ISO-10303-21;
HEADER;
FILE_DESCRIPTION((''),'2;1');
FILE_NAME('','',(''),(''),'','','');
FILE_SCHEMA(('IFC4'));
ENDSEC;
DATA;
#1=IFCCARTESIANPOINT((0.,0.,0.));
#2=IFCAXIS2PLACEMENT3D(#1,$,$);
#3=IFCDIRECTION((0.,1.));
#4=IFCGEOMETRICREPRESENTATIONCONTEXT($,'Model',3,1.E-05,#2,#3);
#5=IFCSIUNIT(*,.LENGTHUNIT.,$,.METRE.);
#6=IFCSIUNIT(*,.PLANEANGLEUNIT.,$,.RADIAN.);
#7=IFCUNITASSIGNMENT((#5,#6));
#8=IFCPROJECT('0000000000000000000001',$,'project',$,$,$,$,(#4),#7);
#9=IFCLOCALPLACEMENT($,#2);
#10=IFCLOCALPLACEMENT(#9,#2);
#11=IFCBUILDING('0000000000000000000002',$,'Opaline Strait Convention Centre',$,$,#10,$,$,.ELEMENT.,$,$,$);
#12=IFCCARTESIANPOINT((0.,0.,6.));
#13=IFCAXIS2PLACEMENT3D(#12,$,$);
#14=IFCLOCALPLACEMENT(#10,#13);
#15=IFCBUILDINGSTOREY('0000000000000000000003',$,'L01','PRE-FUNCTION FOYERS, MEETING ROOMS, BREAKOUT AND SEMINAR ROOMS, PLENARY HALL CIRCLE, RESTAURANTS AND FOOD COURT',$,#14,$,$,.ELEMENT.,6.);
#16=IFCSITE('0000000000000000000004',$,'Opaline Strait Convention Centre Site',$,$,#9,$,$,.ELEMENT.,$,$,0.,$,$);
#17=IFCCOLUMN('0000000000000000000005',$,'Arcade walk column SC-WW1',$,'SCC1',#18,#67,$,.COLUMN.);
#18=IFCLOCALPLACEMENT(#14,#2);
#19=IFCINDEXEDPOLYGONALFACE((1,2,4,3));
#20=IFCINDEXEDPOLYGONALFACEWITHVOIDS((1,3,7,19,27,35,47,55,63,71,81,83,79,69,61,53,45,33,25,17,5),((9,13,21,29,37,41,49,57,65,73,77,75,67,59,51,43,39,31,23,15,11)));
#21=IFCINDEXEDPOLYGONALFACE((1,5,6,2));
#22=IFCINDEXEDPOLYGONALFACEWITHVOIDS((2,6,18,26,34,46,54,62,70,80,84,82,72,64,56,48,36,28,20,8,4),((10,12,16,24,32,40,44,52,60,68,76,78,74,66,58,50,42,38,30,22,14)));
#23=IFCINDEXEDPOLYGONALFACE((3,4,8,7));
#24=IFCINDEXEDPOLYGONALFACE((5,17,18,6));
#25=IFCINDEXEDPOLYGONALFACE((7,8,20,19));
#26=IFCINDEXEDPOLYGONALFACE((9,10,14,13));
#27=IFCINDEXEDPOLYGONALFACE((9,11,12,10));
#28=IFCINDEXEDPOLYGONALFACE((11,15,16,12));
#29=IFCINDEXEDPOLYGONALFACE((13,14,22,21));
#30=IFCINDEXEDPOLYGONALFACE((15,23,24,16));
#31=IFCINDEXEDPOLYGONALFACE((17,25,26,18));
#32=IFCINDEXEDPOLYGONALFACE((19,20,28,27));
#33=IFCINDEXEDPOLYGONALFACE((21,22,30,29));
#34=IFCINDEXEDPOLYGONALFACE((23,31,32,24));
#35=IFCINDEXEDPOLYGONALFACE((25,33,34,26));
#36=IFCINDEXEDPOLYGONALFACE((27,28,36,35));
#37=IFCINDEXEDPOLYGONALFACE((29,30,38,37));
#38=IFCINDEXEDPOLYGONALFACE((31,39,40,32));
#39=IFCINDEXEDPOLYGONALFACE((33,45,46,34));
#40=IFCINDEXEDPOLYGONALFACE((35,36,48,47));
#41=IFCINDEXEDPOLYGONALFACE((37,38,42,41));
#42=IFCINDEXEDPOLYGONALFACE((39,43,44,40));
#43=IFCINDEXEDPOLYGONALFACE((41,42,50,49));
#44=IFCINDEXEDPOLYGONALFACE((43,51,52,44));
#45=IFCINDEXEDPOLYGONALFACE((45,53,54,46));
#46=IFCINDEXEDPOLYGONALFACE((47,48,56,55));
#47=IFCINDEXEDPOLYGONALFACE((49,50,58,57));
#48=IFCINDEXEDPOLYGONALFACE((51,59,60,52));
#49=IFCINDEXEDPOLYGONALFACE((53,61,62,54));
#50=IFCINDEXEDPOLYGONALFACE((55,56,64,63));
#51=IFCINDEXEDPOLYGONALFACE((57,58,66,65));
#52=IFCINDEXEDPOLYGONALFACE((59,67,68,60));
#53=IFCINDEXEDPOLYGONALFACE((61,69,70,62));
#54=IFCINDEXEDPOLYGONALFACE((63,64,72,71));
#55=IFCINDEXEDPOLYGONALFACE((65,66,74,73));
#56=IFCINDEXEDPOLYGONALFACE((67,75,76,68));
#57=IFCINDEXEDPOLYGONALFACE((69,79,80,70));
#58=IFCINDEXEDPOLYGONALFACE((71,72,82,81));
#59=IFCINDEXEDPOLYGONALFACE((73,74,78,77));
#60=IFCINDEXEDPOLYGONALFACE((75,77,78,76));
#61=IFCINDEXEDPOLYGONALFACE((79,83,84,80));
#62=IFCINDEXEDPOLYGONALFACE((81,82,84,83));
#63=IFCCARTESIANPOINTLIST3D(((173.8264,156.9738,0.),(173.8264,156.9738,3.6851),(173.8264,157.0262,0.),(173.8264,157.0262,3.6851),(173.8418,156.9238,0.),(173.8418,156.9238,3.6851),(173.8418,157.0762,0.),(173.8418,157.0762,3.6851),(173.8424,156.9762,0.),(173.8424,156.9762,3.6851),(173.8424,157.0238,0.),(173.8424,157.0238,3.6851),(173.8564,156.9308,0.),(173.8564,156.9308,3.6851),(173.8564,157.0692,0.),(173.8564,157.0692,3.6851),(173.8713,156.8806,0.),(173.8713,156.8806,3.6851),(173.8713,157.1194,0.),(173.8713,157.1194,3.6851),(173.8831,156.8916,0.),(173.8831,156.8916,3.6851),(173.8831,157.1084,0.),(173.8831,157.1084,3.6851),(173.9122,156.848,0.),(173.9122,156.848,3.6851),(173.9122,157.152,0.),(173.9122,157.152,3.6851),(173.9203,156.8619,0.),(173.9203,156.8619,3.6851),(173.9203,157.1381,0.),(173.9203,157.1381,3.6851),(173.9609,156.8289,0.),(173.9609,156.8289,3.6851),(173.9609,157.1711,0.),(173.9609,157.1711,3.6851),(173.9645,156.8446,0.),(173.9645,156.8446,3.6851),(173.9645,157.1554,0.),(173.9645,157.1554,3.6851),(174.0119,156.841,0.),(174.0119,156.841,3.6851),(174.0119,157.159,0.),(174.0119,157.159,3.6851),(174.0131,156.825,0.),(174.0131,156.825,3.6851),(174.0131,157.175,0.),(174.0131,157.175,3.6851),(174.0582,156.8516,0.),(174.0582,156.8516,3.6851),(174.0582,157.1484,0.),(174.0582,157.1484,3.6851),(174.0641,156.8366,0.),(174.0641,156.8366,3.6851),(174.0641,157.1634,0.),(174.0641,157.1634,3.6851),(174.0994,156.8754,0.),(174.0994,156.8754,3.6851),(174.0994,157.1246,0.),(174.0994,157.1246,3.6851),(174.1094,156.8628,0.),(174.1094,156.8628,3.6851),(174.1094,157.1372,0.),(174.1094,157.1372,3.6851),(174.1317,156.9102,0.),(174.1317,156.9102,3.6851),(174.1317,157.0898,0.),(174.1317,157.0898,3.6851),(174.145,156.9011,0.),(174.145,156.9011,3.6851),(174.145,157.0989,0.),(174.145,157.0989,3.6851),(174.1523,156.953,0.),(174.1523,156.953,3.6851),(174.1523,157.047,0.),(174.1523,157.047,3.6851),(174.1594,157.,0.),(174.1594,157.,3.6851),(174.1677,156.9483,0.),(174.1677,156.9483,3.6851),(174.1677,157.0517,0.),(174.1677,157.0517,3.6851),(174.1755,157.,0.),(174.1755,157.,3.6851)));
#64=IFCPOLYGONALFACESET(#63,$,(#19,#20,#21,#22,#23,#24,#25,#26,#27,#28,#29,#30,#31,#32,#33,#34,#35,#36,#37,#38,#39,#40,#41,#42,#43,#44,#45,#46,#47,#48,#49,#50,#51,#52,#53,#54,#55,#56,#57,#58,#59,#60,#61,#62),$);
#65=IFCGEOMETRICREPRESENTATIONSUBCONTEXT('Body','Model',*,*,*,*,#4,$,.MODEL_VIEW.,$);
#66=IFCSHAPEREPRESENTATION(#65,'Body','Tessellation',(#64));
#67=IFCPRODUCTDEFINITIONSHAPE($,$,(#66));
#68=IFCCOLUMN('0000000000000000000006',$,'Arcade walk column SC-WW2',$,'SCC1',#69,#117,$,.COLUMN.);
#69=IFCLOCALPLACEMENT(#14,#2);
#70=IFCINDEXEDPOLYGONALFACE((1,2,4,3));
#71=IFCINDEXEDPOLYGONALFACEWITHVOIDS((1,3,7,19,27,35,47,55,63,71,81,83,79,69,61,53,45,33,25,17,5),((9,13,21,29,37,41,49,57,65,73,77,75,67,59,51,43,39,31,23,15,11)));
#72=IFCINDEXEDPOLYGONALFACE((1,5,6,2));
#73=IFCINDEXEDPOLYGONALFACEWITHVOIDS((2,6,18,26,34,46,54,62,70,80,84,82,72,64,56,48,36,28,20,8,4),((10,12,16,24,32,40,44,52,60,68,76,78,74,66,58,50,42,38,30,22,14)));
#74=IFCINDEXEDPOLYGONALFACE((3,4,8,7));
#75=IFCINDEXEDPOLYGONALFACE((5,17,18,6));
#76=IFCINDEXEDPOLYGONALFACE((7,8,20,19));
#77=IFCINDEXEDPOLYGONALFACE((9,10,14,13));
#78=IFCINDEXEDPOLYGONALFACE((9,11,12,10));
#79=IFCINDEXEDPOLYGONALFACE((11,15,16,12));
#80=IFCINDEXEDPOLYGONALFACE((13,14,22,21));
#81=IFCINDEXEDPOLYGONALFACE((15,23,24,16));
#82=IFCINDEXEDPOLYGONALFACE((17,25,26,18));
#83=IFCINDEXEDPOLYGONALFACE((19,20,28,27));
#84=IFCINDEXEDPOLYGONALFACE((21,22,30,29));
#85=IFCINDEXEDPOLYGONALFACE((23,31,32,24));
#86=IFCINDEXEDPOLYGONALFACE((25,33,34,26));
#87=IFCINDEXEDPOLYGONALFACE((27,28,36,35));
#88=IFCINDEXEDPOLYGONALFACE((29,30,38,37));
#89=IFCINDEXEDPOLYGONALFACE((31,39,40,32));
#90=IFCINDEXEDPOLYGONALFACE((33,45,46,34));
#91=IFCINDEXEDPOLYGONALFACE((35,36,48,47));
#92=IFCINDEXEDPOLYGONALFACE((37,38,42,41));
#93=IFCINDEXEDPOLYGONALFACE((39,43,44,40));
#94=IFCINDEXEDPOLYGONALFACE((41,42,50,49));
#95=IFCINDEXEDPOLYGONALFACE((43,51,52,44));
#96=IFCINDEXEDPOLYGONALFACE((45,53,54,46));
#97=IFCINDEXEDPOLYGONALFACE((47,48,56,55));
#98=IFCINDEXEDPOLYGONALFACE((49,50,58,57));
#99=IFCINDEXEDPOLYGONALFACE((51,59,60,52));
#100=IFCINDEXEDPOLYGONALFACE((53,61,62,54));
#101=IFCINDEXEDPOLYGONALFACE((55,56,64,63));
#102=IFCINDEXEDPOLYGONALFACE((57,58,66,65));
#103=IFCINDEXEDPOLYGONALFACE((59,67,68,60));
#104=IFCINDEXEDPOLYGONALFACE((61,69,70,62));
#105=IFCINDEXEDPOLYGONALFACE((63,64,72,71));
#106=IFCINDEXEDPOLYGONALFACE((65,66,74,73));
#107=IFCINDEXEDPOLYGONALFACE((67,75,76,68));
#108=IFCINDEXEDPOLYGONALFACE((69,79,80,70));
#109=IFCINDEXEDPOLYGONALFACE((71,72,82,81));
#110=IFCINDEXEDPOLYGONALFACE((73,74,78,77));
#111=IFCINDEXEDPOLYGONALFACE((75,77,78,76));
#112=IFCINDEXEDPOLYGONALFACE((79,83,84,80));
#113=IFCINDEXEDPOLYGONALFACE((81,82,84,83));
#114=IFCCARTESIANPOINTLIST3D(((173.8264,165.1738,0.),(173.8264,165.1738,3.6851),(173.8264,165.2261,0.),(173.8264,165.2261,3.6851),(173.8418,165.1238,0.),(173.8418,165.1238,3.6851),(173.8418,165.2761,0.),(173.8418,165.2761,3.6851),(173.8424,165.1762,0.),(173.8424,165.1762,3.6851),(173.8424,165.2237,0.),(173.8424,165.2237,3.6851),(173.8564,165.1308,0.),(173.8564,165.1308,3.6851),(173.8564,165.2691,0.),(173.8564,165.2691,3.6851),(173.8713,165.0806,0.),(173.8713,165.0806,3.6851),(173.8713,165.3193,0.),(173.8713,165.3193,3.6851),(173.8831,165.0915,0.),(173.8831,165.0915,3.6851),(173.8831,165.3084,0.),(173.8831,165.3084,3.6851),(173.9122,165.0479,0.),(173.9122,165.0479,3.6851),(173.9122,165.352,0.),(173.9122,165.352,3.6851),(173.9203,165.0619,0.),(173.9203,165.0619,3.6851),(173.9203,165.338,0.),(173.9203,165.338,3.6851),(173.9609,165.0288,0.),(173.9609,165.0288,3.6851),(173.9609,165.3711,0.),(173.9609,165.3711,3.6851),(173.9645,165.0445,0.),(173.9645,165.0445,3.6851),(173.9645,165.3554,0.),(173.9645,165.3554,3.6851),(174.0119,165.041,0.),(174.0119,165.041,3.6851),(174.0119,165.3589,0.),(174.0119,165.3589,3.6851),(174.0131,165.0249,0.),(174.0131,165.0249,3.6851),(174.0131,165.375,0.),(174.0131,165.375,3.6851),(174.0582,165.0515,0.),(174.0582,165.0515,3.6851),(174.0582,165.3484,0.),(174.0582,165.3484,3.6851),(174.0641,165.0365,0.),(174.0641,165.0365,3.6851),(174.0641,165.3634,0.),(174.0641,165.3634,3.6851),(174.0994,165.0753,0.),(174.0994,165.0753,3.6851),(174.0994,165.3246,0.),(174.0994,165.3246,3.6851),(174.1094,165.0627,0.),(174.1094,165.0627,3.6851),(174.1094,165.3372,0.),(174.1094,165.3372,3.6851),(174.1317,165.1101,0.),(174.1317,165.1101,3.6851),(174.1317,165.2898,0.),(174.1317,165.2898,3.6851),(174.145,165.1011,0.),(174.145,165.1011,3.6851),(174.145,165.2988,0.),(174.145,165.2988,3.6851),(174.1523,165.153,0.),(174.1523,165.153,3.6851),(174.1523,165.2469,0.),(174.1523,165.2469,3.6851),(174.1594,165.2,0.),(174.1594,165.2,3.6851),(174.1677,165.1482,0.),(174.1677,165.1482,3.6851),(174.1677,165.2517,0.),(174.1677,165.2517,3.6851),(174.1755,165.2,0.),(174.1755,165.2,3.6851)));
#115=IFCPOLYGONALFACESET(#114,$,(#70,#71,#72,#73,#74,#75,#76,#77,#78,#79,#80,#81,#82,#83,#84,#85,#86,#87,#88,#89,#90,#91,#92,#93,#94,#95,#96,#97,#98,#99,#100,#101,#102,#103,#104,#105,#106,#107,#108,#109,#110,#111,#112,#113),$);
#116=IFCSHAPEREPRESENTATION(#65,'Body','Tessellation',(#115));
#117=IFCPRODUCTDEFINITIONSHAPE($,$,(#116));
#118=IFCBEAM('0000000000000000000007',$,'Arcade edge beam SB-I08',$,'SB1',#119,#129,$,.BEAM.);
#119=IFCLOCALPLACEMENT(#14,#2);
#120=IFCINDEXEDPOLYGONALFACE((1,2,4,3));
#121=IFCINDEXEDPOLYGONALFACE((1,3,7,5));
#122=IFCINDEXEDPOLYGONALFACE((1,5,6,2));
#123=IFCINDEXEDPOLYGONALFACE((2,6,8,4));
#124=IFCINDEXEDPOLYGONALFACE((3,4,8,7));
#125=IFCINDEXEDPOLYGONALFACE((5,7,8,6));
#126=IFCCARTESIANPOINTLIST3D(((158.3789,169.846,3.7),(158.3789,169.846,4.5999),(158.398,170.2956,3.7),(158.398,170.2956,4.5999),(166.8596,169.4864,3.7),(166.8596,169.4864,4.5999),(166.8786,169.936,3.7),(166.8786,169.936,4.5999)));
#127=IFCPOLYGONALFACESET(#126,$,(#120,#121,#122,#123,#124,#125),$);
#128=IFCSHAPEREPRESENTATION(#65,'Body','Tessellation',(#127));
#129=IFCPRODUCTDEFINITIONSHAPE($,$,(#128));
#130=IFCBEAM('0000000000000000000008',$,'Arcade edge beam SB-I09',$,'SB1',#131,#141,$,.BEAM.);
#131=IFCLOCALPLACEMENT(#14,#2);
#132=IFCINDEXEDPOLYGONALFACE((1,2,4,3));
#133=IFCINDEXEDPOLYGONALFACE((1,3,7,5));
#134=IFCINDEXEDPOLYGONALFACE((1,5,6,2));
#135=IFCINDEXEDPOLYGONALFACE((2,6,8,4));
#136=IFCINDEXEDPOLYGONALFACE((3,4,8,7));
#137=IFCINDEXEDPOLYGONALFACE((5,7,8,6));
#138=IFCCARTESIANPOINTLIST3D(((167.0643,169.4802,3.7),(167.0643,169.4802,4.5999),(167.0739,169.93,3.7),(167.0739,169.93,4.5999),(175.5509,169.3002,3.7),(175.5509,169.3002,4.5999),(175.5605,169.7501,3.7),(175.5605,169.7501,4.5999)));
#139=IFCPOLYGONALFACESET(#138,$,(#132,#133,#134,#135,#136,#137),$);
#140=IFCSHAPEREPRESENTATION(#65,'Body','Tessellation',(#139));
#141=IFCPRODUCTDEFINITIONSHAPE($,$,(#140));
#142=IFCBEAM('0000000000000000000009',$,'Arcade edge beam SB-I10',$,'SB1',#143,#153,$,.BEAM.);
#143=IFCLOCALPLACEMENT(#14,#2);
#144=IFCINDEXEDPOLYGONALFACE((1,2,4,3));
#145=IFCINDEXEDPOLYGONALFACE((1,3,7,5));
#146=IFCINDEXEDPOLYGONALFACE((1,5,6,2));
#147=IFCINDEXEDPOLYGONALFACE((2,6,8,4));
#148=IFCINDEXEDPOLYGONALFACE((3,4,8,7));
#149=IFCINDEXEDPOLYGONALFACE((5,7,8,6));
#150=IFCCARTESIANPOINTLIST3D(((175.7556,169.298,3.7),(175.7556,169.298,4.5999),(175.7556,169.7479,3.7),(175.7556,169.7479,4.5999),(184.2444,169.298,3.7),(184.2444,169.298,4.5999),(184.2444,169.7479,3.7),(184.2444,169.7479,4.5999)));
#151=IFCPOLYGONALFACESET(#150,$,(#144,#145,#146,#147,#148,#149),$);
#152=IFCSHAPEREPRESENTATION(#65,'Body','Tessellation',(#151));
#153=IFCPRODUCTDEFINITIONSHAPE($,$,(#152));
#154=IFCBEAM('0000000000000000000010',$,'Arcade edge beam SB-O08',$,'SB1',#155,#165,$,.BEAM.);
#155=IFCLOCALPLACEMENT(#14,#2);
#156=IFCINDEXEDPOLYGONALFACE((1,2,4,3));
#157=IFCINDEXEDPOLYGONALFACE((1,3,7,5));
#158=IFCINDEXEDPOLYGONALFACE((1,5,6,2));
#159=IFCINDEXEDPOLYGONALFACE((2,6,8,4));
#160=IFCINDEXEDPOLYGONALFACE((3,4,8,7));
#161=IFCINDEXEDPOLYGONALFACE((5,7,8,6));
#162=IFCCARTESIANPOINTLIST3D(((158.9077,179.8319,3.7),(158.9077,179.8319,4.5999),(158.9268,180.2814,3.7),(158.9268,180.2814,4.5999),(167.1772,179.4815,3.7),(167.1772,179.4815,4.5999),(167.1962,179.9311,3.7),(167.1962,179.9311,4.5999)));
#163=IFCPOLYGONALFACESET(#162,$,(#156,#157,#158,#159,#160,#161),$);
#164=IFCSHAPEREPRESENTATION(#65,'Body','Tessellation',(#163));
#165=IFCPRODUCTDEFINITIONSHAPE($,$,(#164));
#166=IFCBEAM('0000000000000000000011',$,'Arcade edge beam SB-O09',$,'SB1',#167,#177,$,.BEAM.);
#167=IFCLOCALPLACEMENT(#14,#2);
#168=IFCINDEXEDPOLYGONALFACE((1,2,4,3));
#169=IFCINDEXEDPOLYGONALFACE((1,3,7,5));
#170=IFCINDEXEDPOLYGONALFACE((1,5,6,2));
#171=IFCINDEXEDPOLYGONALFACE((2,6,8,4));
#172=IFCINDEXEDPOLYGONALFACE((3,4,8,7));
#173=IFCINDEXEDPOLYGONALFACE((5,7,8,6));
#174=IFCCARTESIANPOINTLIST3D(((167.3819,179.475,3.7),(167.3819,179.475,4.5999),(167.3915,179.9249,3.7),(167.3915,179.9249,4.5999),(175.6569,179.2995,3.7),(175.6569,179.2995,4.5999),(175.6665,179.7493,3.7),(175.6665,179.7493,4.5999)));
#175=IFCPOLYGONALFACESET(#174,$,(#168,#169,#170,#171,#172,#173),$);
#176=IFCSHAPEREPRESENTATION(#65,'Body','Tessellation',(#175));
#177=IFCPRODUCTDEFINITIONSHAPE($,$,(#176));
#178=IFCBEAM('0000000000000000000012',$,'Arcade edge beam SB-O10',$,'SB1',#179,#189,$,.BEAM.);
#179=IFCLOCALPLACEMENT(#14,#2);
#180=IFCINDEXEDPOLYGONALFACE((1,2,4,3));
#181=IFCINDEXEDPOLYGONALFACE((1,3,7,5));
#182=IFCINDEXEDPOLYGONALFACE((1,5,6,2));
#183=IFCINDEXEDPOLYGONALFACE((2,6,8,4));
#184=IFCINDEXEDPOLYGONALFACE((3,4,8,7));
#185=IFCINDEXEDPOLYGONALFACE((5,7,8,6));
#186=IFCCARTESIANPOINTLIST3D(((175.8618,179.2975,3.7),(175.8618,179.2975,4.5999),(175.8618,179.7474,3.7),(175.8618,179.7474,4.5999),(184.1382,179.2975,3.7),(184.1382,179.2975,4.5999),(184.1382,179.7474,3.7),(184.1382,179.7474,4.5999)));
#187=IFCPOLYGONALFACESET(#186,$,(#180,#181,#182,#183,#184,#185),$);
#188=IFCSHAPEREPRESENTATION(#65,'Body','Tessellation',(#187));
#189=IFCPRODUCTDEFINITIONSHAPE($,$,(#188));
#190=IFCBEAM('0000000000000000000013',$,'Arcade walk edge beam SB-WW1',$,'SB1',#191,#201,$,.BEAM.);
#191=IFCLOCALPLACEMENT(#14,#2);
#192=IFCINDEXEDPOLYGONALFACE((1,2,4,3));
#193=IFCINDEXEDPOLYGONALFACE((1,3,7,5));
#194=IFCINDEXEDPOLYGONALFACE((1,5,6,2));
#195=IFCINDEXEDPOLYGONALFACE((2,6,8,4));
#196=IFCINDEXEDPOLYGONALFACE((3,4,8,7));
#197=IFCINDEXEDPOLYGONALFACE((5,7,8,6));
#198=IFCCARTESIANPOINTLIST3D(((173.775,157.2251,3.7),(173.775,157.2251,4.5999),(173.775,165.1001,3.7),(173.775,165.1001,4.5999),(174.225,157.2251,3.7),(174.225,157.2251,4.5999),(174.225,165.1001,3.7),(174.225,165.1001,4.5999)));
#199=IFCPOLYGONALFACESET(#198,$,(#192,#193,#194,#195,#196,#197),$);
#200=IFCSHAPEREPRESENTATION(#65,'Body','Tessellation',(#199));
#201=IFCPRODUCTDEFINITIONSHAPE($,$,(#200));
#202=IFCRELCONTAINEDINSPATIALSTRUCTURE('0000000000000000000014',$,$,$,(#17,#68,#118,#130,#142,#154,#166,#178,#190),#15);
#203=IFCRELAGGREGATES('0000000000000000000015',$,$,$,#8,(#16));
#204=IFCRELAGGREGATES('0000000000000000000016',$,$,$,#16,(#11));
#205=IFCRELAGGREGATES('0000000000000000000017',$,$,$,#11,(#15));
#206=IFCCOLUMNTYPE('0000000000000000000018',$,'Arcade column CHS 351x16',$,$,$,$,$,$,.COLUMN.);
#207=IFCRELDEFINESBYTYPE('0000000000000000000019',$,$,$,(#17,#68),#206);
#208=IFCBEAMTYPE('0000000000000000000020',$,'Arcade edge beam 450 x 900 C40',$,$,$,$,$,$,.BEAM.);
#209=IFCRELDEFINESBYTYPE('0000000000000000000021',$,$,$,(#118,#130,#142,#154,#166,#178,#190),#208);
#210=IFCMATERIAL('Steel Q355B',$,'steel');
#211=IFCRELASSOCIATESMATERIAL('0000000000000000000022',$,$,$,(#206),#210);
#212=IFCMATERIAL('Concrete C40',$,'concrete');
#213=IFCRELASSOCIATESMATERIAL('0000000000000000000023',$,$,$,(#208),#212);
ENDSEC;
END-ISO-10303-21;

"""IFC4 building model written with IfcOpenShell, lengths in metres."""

from ifc_helpers import new_model, si_unit, direction, frame, origin, origin_2d, place, context, subcontext, project, spatial, rectangle, hollow_circle, extrude, material, material_profile, profile_set, type_object, element, save


model = new_model("IFC4")

# Units and contexts
model_context = context("Model", 3, precision=1e-05, world=origin(), true_north=direction((0.0, 1.0)))
body_context = subcontext(model_context, "Body", "Model", "MODEL_VIEW")
ifc_project = project(units=[si_unit("LENGTHUNIT", "METRE"), si_unit("PLANEANGLEUNIT", "RADIAN")], contexts=[model_context])

# Site, building, storey
site_placement = place(None, origin())
site = spatial("IfcSite", under=ifc_project, at=site_placement, Name="Opaline Strait Convention Centre Site", CompositionType="ELEMENT", RefElevation=0.0)
building_placement = place(site_placement, origin())
building = spatial("IfcBuilding", under=site, at=building_placement, Name="Opaline Strait Convention Centre", CompositionType="ELEMENT")
storey_placement = place(building_placement, frame((0.0, 0.0, 6.0)))
storey = spatial("IfcBuildingStorey", under=building, at=storey_placement, Name="L01", Description="PRE-FUNCTION FOYERS, MEETING ROOMS, BREAKOUT AND SEMINAR ROOMS, PLENARY HALL CIRCLE, RESTAURANTS AND FOOD COURT", CompositionType="ELEMENT", Elevation=6.0)

# Columns
ifc_material_1 = material(Name="Steel Q355B", Category="steel")
ifc_material_profile_1 = material_profile(ifc_material_1, hollow_circle(Radius=0.1755, WallThickness=0.0161, at=origin_2d()), Name="CHS 351x16")
ifc_profile_set_1 = profile_set([ifc_material_profile_1], Name="Steel Q355B")
column_type = type_object("IfcColumnType", Name="Arcade column CHS 351x16", PredefinedType="COLUMN", material=ifc_profile_set_1)
for number, where, z_axis, x_axis, name in (
    (1, (174.0, 157.0, 0.0), (0.0, 0.0, 1.0), (1.0, 0.0, 0.0), "Arcade walk column SC-WW1"),
    (2, (174.0, 165.2, 0.0), (0.0, 0.0, 1.0), (1.0, 0.0, 0.0), "Arcade walk column SC-WW2"),
):
    element("IfcColumn", number, at=place(storey_placement, frame(where, z_axis=z_axis, x_axis=x_axis)), inside=storey, type_object=column_type, Name=name, ObjectType="SCC1", PredefinedType="COLUMN", context=body_context, shape_type="SweptSolid", body=[
        extrude(hollow_circle(Radius=0.1755, WallThickness=0.0161, at=origin_2d()), origin(), (0.0, 0.0, 1.0), 3.6851),
    ])

# Beams
ifc_material_2 = material(Name="Concrete C40", Category="concrete")
ifc_material_profile_2 = material_profile(ifc_material_2, rectangle(XDim=0.45, YDim=0.8999, at=origin_2d()), Name="RC 450x900")
ifc_profile_set_2 = profile_set([ifc_material_profile_2], Name="Concrete C40")
beam_type = type_object("IfcBeamType", Name="Arcade edge beam 450 x 900 C40", PredefinedType="BEAM", material=ifc_profile_set_2)
beam_1_placement = place(storey_placement, frame((158.3884, 170.0708, 4.1499), z_axis=(0.999102, -0.042366, 0.0), x_axis=(0.042366, 0.999102, 0.0)))
element("IfcBeam", 3, at=beam_1_placement, inside=storey, type_object=beam_type, Name="Arcade edge beam SB-I08", ObjectType="SB1", PredefinedType="BEAM", context=body_context, shape_type="SweptSolid", body=[
    extrude(rectangle(XDim=0.45, YDim=0.8999, at=origin_2d()), origin(), (0.0, 0.0, 1.0), 8.4883),
])
beam_2_placement = place(storey_placement, frame((167.0691, 169.7051, 4.1499), z_axis=(0.999775, -0.021197, 0.0), x_axis=(0.021197, 0.999775, 0.0)))
element("IfcBeam", 4, at=beam_2_placement, inside=storey, type_object=beam_type, Name="Arcade edge beam SB-I09", ObjectType="SB1", PredefinedType="BEAM", context=body_context, shape_type="SweptSolid", body=[
    extrude(rectangle(XDim=0.45, YDim=0.8999, at=origin_2d()), origin(), (0.0, 0.0, 1.0), 8.4885),
])
beam_3_placement = place(storey_placement, frame((175.7556, 169.5229, 4.1499), z_axis=(1.0, 0.0, 0.0), x_axis=(0.0, 1.0, 0.0)))
element("IfcBeam", 5, at=beam_3_placement, inside=storey, type_object=beam_type, Name="Arcade edge beam SB-I10", ObjectType="SB1", PredefinedType="BEAM", context=body_context, shape_type="SweptSolid", body=[
    extrude(rectangle(XDim=0.45, YDim=0.8999, at=origin_2d()), origin(), (0.0, 0.0, 1.0), 8.4888),
])
for number, where, z_axis, x_axis, name in (
    (6, (158.9172, 180.0566, 4.1499), (0.999104, -0.042327, 0.0), (0.042327, 0.999104, 0.0), "Arcade edge beam SB-O08"),
    (7, (167.3867, 179.7, 4.1499), (0.999775, -0.021208, 0.0), (0.021208, 0.999775, 0.0), "Arcade edge beam SB-O09"),
):
    element("IfcBeam", number, at=place(storey_placement, frame(where, z_axis=z_axis, x_axis=x_axis)), inside=storey, type_object=beam_type, Name=name, ObjectType="SB1", PredefinedType="BEAM", context=body_context, shape_type="SweptSolid", body=[
        extrude(rectangle(XDim=0.45, YDim=0.8999, at=origin_2d()), origin(), (0.0, 0.0, 1.0), 8.2769),
    ])
beam_4_placement = place(storey_placement, frame((175.8618, 179.5225, 4.1499), z_axis=(1.0, 0.0, 0.0), x_axis=(0.0, 1.0, 0.0)))
element("IfcBeam", 8, at=beam_4_placement, inside=storey, type_object=beam_type, Name="Arcade edge beam SB-O10", ObjectType="SB1", PredefinedType="BEAM", context=body_context, shape_type="SweptSolid", body=[
    extrude(rectangle(XDim=0.45, YDim=0.8999, at=origin_2d()), origin(), (0.0, 0.0, 1.0), 8.2764),
])
beam_5_placement = place(storey_placement, frame((174.0, 157.2251, 4.1499), z_axis=(0.0, 1.0, 0.0), x_axis=(-1.0, 0.0, 0.0)))
element("IfcBeam", 9, at=beam_5_placement, inside=storey, type_object=beam_type, Name="Arcade walk edge beam SB-WW1", ObjectType="SB1", PredefinedType="BEAM", context=body_context, shape_type="SweptSolid", body=[
    extrude(rectangle(XDim=0.45, YDim=0.8999, at=origin_2d()), origin(), (0.0, 0.0, 1.0), 7.875),
])

save(model, "model.ifc")
